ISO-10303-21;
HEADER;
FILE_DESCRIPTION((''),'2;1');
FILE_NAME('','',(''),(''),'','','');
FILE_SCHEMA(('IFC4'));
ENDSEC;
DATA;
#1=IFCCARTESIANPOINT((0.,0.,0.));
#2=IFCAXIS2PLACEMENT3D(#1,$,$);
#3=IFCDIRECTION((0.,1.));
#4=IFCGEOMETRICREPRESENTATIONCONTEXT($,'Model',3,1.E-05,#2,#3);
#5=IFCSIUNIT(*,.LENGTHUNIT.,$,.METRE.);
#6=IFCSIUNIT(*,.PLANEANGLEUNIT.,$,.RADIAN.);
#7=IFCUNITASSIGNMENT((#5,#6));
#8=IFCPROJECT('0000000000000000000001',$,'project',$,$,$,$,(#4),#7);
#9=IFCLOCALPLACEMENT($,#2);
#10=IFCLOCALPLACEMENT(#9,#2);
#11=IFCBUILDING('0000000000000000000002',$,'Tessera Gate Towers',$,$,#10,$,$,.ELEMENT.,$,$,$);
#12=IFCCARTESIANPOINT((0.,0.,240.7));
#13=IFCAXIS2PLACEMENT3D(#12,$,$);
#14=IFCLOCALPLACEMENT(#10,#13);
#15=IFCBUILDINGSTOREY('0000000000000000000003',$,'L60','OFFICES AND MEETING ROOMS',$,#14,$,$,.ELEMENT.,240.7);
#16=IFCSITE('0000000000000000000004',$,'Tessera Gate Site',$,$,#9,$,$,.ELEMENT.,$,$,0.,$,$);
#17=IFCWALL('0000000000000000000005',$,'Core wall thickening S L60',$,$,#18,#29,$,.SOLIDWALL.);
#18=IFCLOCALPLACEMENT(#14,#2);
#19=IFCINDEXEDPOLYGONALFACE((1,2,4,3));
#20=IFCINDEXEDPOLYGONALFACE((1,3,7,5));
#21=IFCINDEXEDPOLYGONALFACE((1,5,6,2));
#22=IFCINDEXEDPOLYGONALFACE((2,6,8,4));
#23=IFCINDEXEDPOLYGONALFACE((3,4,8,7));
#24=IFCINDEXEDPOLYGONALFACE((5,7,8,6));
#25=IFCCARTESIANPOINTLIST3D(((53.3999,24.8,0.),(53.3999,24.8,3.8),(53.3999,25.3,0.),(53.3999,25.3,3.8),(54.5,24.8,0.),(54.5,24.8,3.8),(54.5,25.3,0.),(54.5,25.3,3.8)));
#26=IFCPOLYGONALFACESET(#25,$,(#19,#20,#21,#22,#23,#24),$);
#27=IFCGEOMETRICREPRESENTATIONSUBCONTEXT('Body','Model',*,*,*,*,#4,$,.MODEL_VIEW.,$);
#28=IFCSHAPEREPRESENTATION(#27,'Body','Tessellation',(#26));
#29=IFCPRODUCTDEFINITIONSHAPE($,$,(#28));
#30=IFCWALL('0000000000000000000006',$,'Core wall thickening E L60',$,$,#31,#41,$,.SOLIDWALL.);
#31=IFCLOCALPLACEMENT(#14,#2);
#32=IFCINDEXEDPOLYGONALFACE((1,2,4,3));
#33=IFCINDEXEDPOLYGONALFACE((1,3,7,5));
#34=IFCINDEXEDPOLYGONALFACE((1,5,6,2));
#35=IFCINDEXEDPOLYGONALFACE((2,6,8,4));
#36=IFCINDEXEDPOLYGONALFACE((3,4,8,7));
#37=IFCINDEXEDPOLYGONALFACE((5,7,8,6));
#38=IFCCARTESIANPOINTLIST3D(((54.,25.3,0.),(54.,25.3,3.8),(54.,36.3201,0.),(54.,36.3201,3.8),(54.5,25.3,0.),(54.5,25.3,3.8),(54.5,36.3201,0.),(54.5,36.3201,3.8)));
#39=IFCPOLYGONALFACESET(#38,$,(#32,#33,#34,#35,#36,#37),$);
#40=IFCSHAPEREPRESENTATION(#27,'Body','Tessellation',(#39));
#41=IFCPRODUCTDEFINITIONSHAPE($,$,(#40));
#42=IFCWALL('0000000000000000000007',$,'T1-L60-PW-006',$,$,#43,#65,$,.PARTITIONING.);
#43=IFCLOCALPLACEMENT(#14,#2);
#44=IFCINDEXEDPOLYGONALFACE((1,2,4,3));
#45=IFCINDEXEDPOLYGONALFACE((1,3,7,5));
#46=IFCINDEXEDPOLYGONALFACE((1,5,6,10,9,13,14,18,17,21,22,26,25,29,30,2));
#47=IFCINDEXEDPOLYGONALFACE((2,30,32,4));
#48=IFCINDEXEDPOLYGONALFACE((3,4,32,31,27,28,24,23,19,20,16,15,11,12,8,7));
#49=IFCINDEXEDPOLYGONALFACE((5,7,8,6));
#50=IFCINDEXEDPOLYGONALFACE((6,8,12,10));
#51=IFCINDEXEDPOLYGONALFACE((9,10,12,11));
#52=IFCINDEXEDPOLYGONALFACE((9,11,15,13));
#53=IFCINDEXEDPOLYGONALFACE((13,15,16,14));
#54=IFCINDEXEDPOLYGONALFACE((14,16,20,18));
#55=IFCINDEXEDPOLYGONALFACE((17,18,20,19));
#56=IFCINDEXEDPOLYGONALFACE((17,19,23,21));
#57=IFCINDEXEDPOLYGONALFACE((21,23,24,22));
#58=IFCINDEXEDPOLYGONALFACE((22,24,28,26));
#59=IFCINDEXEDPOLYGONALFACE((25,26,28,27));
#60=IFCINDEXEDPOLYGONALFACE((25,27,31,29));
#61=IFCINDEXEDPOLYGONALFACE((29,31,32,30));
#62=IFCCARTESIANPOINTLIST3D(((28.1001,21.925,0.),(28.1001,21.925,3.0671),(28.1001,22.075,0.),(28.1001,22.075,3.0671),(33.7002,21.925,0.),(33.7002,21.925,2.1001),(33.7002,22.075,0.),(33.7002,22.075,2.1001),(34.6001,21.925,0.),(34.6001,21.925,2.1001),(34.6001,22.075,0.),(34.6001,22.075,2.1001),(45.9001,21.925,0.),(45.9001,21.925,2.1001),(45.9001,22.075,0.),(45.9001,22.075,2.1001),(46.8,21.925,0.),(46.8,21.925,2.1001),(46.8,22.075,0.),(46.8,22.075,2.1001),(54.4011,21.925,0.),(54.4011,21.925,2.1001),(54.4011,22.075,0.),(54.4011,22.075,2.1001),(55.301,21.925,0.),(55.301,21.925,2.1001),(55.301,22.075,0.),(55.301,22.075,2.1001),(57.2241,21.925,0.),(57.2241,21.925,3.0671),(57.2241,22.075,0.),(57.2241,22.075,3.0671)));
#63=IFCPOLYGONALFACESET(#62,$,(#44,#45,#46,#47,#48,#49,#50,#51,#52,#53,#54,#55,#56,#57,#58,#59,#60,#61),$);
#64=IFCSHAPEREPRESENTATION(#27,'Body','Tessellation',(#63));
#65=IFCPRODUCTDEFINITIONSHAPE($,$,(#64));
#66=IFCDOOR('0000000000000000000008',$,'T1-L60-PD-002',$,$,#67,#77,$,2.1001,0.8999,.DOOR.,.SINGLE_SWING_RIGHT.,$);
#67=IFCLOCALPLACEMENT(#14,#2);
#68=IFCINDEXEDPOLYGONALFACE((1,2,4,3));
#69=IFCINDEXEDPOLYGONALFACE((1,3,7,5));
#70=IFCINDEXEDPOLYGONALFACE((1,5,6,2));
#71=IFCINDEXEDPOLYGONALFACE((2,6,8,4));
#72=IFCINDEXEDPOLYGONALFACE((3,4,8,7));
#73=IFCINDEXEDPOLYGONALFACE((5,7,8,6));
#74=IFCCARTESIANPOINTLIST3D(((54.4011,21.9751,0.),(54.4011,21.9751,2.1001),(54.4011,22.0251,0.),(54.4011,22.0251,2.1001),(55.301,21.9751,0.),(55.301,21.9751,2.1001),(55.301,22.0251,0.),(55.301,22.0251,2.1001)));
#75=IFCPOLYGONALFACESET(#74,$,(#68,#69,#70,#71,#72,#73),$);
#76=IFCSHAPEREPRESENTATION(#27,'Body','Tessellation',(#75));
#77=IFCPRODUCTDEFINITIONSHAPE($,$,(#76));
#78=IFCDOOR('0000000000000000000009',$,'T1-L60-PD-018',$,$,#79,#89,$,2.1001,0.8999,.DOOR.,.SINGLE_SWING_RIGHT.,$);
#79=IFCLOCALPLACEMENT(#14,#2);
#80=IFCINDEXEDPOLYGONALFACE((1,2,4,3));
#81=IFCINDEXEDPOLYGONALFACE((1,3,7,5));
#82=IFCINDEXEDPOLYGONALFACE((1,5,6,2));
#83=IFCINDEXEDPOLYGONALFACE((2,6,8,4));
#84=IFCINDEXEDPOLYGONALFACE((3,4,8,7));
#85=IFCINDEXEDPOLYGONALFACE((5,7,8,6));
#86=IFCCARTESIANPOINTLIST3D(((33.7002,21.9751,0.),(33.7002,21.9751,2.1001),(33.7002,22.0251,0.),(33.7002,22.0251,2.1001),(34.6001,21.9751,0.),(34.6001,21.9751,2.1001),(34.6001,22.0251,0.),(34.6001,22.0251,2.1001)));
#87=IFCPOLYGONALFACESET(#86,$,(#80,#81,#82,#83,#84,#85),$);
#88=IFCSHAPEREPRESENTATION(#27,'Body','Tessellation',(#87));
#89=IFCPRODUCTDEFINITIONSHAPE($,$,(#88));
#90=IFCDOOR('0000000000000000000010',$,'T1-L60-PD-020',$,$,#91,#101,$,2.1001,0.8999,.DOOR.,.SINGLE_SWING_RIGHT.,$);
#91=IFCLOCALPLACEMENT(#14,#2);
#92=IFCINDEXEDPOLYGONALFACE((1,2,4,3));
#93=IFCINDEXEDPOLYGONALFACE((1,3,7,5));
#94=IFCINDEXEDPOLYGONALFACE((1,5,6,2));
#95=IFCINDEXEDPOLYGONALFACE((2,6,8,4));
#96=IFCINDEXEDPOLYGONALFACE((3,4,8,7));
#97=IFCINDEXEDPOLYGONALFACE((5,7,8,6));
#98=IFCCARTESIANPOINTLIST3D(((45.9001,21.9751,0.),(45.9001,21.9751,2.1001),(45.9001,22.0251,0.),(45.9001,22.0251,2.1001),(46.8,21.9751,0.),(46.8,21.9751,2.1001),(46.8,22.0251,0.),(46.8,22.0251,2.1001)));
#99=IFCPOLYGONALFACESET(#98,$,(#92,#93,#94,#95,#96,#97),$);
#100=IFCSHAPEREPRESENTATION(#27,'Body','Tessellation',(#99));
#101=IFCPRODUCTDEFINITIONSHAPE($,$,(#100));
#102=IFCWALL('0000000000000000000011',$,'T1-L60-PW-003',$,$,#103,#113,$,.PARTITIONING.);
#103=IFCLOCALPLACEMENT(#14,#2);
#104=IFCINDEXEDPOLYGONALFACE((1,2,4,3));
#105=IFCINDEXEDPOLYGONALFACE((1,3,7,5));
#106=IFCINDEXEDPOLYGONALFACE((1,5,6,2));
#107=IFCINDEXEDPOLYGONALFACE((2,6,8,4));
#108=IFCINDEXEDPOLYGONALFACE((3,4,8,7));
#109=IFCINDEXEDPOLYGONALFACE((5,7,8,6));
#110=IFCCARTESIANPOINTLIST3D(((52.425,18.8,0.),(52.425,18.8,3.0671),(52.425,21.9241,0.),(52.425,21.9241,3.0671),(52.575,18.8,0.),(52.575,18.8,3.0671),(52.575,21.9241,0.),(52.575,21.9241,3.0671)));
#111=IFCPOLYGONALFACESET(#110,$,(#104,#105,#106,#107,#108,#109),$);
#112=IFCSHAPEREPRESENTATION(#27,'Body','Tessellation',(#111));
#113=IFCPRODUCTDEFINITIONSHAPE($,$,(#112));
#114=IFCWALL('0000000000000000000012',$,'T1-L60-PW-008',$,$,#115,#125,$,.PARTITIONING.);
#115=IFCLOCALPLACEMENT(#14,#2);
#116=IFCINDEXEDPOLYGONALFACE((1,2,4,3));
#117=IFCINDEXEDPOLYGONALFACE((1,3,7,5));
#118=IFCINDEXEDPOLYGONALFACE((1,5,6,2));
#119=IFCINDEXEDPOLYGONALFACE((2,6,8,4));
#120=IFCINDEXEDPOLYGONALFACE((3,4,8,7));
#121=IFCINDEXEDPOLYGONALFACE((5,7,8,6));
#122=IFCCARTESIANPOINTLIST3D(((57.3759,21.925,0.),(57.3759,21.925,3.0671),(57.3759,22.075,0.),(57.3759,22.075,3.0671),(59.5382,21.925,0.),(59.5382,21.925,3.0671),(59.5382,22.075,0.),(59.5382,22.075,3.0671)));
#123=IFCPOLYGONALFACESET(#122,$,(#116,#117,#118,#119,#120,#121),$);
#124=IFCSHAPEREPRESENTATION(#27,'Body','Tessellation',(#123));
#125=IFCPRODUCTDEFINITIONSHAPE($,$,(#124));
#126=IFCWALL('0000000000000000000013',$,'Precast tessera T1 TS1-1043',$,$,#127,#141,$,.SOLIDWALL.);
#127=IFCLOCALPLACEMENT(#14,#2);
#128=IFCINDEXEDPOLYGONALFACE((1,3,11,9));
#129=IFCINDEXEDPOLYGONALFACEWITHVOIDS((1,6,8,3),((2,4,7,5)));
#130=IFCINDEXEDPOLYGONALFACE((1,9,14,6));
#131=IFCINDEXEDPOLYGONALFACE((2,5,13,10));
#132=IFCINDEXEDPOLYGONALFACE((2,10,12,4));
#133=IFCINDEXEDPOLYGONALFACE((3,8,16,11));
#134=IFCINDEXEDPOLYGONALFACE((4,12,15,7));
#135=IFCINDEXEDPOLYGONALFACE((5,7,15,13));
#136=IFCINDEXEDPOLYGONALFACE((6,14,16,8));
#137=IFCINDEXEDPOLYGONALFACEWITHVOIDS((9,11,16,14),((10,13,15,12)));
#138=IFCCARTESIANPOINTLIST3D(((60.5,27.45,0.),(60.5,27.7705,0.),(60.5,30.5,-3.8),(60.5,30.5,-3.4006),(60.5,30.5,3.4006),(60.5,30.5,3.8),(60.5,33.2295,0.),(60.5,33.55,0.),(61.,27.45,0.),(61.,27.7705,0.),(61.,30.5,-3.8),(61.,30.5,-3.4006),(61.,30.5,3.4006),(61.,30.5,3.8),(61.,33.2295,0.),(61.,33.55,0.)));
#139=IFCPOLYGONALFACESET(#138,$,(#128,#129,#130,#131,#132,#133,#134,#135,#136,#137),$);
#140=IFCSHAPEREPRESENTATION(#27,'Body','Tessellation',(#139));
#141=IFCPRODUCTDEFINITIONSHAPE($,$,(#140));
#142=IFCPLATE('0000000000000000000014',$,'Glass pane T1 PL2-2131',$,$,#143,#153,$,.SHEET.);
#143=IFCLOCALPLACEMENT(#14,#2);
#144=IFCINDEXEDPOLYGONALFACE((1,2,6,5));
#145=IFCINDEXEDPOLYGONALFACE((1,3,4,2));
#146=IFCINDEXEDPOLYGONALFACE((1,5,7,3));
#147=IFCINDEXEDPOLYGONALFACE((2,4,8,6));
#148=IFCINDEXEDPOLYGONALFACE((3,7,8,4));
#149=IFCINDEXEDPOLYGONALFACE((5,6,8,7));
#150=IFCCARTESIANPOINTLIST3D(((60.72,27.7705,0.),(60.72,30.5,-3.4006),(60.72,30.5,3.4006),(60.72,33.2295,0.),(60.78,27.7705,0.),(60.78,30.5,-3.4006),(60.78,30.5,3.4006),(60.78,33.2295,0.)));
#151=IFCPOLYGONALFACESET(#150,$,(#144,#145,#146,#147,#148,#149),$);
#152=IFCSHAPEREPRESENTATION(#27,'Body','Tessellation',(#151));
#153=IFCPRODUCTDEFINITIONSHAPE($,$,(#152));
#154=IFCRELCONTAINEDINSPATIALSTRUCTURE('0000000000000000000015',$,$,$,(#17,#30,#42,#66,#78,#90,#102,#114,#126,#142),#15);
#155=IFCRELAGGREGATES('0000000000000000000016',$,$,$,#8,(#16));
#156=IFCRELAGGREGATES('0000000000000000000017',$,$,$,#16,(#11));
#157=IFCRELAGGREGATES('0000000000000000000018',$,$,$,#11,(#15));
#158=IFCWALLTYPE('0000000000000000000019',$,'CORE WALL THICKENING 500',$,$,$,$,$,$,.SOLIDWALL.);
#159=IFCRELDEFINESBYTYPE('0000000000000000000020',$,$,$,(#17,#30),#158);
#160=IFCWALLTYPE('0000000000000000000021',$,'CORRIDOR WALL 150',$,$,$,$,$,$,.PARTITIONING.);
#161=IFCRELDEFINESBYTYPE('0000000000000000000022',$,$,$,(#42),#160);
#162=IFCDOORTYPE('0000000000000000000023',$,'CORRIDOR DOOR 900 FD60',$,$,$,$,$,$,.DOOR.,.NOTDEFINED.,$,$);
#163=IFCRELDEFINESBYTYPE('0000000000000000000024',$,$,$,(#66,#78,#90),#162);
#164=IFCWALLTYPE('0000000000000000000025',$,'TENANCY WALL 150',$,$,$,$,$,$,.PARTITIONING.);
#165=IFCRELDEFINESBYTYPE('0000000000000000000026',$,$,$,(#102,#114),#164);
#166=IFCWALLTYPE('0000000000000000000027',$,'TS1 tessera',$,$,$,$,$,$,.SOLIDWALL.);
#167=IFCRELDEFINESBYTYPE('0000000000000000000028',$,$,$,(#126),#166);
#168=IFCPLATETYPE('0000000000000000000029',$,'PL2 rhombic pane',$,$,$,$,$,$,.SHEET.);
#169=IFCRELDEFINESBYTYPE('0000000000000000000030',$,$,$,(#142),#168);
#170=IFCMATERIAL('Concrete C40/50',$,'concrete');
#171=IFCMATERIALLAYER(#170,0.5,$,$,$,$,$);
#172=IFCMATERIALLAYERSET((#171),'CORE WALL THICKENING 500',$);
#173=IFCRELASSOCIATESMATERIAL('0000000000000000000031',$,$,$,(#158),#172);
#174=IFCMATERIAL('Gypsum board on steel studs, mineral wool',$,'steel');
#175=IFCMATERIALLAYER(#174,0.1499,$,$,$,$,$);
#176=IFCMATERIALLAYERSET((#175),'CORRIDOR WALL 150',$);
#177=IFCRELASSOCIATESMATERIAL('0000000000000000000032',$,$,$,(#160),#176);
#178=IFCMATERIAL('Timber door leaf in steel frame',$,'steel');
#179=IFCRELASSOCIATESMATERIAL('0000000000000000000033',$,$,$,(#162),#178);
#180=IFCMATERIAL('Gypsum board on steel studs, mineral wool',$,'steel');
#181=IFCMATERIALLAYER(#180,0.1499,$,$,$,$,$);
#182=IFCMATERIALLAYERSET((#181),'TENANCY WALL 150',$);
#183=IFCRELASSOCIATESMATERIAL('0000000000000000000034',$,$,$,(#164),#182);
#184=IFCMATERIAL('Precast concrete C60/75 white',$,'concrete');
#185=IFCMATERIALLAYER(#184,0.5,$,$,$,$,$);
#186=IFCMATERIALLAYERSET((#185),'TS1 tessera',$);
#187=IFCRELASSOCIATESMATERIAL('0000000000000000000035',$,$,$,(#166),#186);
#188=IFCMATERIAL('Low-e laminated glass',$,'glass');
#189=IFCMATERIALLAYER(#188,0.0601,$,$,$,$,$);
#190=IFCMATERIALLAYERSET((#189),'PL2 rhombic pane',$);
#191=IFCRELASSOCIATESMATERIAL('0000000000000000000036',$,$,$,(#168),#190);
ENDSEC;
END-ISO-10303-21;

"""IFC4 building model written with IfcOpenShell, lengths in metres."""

from ifc_helpers import new_model, si_unit, direction, frame, frame_2d, origin, place, context, subcontext, project, spatial, polyline, rectangle, outline, extrude, source, transform, mapped, material, layer, layer_set, type_object, element, fill, save


model = new_model("IFC4")

# Units and contexts
model_context = context("Model", 3, precision=1e-05, world=origin(), true_north=direction((0.0, 1.0)))
body_context = subcontext(model_context, "Body", "Model", "MODEL_VIEW")
ifc_project = project(units=[si_unit("LENGTHUNIT", "METRE"), si_unit("PLANEANGLEUNIT", "RADIAN")], contexts=[model_context])

# Site, building, storey
site_placement = place(None, origin())
site = spatial("IfcSite", under=ifc_project, at=site_placement, Name="Tessera Gate Site", CompositionType="ELEMENT", RefElevation=0.0)
building_placement = place(site_placement, origin())
building = spatial("IfcBuilding", under=site, at=building_placement, Name="Tessera Gate Towers", CompositionType="ELEMENT")
storey_placement = place(building_placement, frame((0.0, 0.0, 240.7)))
storey = spatial("IfcBuildingStorey", under=building, at=storey_placement, Name="L60", Description="OFFICES AND MEETING ROOMS", CompositionType="ELEMENT", Elevation=240.7)

# Walls
ifc_material_1 = material(Name="Concrete C40/50", Category="concrete")
ifc_layer_1 = layer(ifc_material_1, 0.5)
ifc_layer_set_1 = layer_set([ifc_layer_1], Name="CORE WALL THICKENING 500")
wall_type_1 = type_object("IfcWallType", Name="CORE WALL THICKENING 500", PredefinedType="SOLIDWALL", material=ifc_layer_set_1)
wall_1_placement = place(storey_placement, frame((53.3999, 25.05, 0.0), z_axis=(0.0, 0.0, 1.0), x_axis=(1.0, 0.0, 0.0)))
element("IfcWall", 1, at=wall_1_placement, inside=storey, type_object=wall_type_1, Name="Core wall thickening S L60", PredefinedType="SOLIDWALL", context=body_context, shape_type="SweptSolid", body=[
    extrude(rectangle(XDim=1.1001, YDim=0.5, at=frame_2d((0.55, 0.0))), origin(), (0.0, 0.0, 1.0), 3.8),
])
wall_2_placement = place(storey_placement, frame((54.25, 25.3, 0.0), z_axis=(0.0, 0.0, 1.0), x_axis=(0.0, 1.0, 0.0)))
element("IfcWall", 2, at=wall_2_placement, inside=storey, type_object=wall_type_1, Name="Core wall thickening E L60", PredefinedType="SOLIDWALL", context=body_context, shape_type="SweptSolid", body=[
    extrude(rectangle(XDim=11.02, YDim=0.5, at=frame_2d((5.51, 0.0))), origin(), (0.0, 0.0, 1.0), 3.8),
])

# Wall, openings, doors
ifc_material_2 = material(Name="Gypsum board on steel studs, mineral wool", Category="steel")
ifc_layer_2 = layer(ifc_material_2, 0.1499)
ifc_layer_set_2 = layer_set([ifc_layer_2], Name="CORRIDOR WALL 150")
wall_type_2 = type_object("IfcWallType", Name="CORRIDOR WALL 150", PredefinedType="PARTITIONING", material=ifc_layer_set_2)
wall_3_placement = place(storey_placement, frame((57.2241, 22.0, 0.0), z_axis=(0.0, 0.0, 1.0), x_axis=(-1.0, 0.0, 0.0)))
wall_3 = element("IfcWall", 3, at=wall_3_placement, inside=storey, type_object=wall_type_2, Name="T1-L60-PW-006", PredefinedType="PARTITIONING", context=body_context, shape_type="SweptSolid", body=[
    extrude(rectangle(XDim=29.124, YDim=0.1499, at=frame_2d((14.562, 0.0))), origin(), (0.0, 0.0, 1.0), 3.0671),
])
shared_shape_1 = source(origin(), body_context, "Body", "SweptSolid", [
    extrude(rectangle(XDim=0.8999, YDim=2.1001, at=frame_2d((0.45, 1.05))), frame((0.0, 0.085, 0.0), z_axis=(0.0, -1.0, 0.0), x_axis=(1.0, 0.0, 0.0)), (0.0, 0.0, 1.0), 0.1699),
])
opening_1_placement = place(wall_3_placement, frame((1.9231, 0.0, 0.0)))
opening_1 = element("IfcOpeningElement", 4, at=opening_1_placement, cuts=wall_3, PredefinedType="OPENING", context=body_context, shape_type="MappedRepresentation", body=[
    mapped(shared_shape_1, transform((0.0, 0.0, 0.0), scale=1.0)),
])
opening_2_placement = place(wall_3_placement, frame((22.624, 0.0, 0.0)))
opening_2 = element("IfcOpeningElement", 5, at=opening_2_placement, cuts=wall_3, PredefinedType="OPENING", context=body_context, shape_type="MappedRepresentation", body=[
    mapped(shared_shape_1, transform((0.0, 0.0, 0.0), scale=1.0)),
])
opening_3_placement = place(wall_3_placement, frame((10.4241, 0.0, 0.0)))
opening_3 = element("IfcOpeningElement", 6, at=opening_3_placement, cuts=wall_3, PredefinedType="OPENING", context=body_context, shape_type="MappedRepresentation", body=[
    mapped(shared_shape_1, transform((0.0, 0.0, 0.0), scale=1.0)),
])
ifc_material_3 = material(Name="Timber door leaf in steel frame", Category="steel")
door_type_1 = type_object("IfcDoorType", Name="CORRIDOR DOOR 900 FD60", OperationType="NOTDEFINED", PredefinedType="DOOR", material=ifc_material_3)
shared_shape_2 = source(origin(), body_context, "Body", "SweptSolid", [
    extrude(rectangle(XDim=0.8999, YDim=2.1001, at=frame_2d((0.45, 1.05))), frame((0.0, 0.0249, 0.0), z_axis=(0.0, -1.0, 0.0), x_axis=(1.0, 0.0, 0.0)), (0.0, 0.0, 1.0), 0.05),
])
door_1_placement = place(opening_1_placement, origin())
door_1 = element("IfcDoor", 7, at=door_1_placement, inside=storey, type_object=door_type_1, Name="T1-L60-PD-002", OperationType="SINGLE_SWING_RIGHT", OverallHeight=2.1001, OverallWidth=0.8999, PredefinedType="DOOR", context=body_context, shape_type="MappedRepresentation", body=[
    mapped(shared_shape_2, transform((0.0, 0.0, 0.0), scale=1.0)),
])
fill(opening_1, door_1)
door_2_placement = place(opening_2_placement, origin())
door_2 = element("IfcDoor", 8, at=door_2_placement, inside=storey, type_object=door_type_1, Name="T1-L60-PD-018", OperationType="SINGLE_SWING_RIGHT", OverallHeight=2.1001, OverallWidth=0.8999, PredefinedType="DOOR", context=body_context, shape_type="MappedRepresentation", body=[
    mapped(shared_shape_2, transform((0.0, 0.0, 0.0), scale=1.0)),
])
fill(opening_2, door_2)
door_3_placement = place(opening_3_placement, origin())
door_3 = element("IfcDoor", 9, at=door_3_placement, inside=storey, type_object=door_type_1, Name="T1-L60-PD-020", OperationType="SINGLE_SWING_RIGHT", OverallHeight=2.1001, OverallWidth=0.8999, PredefinedType="DOOR", context=body_context, shape_type="MappedRepresentation", body=[
    mapped(shared_shape_2, transform((0.0, 0.0, 0.0), scale=1.0)),
])
fill(opening_3, door_3)

# Walls
ifc_material_4 = material(Name="Gypsum board on steel studs, mineral wool", Category="steel")
ifc_layer_3 = layer(ifc_material_4, 0.1499)
ifc_layer_set_3 = layer_set([ifc_layer_3], Name="TENANCY WALL 150")
wall_type_3 = type_object("IfcWallType", Name="TENANCY WALL 150", PredefinedType="PARTITIONING", material=ifc_layer_set_3)
wall_4_placement = place(storey_placement, frame((52.5, 18.8, 0.0), z_axis=(0.0, 0.0, 1.0), x_axis=(0.0, 1.0, 0.0)))
element("IfcWall", 10, at=wall_4_placement, inside=storey, type_object=wall_type_3, Name="T1-L60-PW-003", PredefinedType="PARTITIONING", context=body_context, shape_type="SweptSolid", body=[
    extrude(rectangle(XDim=3.124, YDim=0.1499, at=frame_2d((1.562, 0.0))), origin(), (0.0, 0.0, 1.0), 3.0671),
])
wall_5_placement = place(storey_placement, frame((57.376, 22.0, 0.0), z_axis=(0.0, 0.0, 1.0), x_axis=(1.0, 0.0, 0.0)))
element("IfcWall", 11, at=wall_5_placement, inside=storey, type_object=wall_type_3, Name="T1-L60-PW-008", PredefinedType="PARTITIONING", context=body_context, shape_type="SweptSolid", body=[
    extrude(rectangle(XDim=2.1624, YDim=0.1499, at=frame_2d((1.0811, 0.0))), origin(), (0.0, 0.0, 1.0), 3.0671),
])

# Wall, opening, plate
ifc_material_5 = material(Name="Precast concrete C60/75 white", Category="concrete")
ifc_layer_4 = layer(ifc_material_5, 0.5)
ifc_layer_set_4 = layer_set([ifc_layer_4], Name="TS1 tessera")
wall_type_4 = type_object("IfcWallType", Name="TS1 tessera", PredefinedType="SOLIDWALL", material=ifc_layer_set_4)
shared_shape_3 = source(origin(), body_context, "Body", "SweptSolid", [
    extrude(outline(polyline([(3.05, 0.0), (6.1001, 3.8), (3.05, 7.6001), (0.0, 3.8), (3.05, 0.0)])), frame((0.0, 0.25, 0.0), z_axis=(0.0, -1.0, 0.0), x_axis=(1.0, 0.0, 0.0)), (0.0, 0.0, 1.0), 0.5),
])
wall_6_placement = place(storey_placement, frame((60.75, 27.45, -3.8), z_axis=(0.0, 0.0, 1.0), x_axis=(0.0, 1.0, 0.0)))
wall_6 = element("IfcWall", 12, at=wall_6_placement, inside=storey, type_object=wall_type_4, Name="Precast tessera T1 TS1-1043", PredefinedType="SOLIDWALL", context=body_context, shape_type="MappedRepresentation", body=[
    mapped(shared_shape_3, transform((0.0, 0.0, 0.0), scale=1.0)),
])
shared_shape_4 = source(origin(), body_context, "Body", "SweptSolid", [
    extrude(outline(polyline([(3.05, 0.3994), (5.7795, 3.8), (3.05, 7.2007), (0.3206, 3.8), (3.05, 0.3994)])), frame((0.0, 0.26, 0.0), z_axis=(0.0, -1.0, 0.0), x_axis=(1.0, 0.0, 0.0)), (0.0, 0.0, 1.0), 0.52),
])
opening_4_placement = place(wall_6_placement, origin())
opening_4 = element("IfcOpeningElement", 13, at=opening_4_placement, cuts=wall_6, PredefinedType="OPENING", context=body_context, shape_type="MappedRepresentation", body=[
    mapped(shared_shape_4, transform((0.0, 0.0, 0.0), scale=1.0)),
])
ifc_material_6 = material(Name="Low-e laminated glass", Category="glass")
ifc_layer_5 = layer(ifc_material_6, 0.0601)
ifc_layer_set_5 = layer_set([ifc_layer_5], Name="PL2 rhombic pane")
plate_type = type_object("IfcPlateType", Name="PL2 rhombic pane", PredefinedType="SHEET", material=ifc_layer_set_5)
shared_shape_5 = source(origin(), body_context, "Body", "SweptSolid", [
    extrude(outline(polyline([(3.05, 0.3994), (5.7795, 3.8), (3.05, 7.2007), (0.3206, 3.8), (3.05, 0.3994)])), frame((0.0, 0.03, 0.0), z_axis=(0.0, -1.0, 0.0), x_axis=(1.0, 0.0, 0.0)), (0.0, 0.0, 1.0), 0.0601),
])
plate_placement = place(opening_4_placement, origin())
plate = element("IfcPlate", 14, at=plate_placement, inside=storey, type_object=plate_type, Name="Glass pane T1 PL2-2131", PredefinedType="SHEET", context=body_context, shape_type="MappedRepresentation", body=[
    mapped(shared_shape_5, transform((0.0, 0.0, 0.0), scale=1.0)),
])
fill(opening_4, plate)

save(model, "model.ifc")
